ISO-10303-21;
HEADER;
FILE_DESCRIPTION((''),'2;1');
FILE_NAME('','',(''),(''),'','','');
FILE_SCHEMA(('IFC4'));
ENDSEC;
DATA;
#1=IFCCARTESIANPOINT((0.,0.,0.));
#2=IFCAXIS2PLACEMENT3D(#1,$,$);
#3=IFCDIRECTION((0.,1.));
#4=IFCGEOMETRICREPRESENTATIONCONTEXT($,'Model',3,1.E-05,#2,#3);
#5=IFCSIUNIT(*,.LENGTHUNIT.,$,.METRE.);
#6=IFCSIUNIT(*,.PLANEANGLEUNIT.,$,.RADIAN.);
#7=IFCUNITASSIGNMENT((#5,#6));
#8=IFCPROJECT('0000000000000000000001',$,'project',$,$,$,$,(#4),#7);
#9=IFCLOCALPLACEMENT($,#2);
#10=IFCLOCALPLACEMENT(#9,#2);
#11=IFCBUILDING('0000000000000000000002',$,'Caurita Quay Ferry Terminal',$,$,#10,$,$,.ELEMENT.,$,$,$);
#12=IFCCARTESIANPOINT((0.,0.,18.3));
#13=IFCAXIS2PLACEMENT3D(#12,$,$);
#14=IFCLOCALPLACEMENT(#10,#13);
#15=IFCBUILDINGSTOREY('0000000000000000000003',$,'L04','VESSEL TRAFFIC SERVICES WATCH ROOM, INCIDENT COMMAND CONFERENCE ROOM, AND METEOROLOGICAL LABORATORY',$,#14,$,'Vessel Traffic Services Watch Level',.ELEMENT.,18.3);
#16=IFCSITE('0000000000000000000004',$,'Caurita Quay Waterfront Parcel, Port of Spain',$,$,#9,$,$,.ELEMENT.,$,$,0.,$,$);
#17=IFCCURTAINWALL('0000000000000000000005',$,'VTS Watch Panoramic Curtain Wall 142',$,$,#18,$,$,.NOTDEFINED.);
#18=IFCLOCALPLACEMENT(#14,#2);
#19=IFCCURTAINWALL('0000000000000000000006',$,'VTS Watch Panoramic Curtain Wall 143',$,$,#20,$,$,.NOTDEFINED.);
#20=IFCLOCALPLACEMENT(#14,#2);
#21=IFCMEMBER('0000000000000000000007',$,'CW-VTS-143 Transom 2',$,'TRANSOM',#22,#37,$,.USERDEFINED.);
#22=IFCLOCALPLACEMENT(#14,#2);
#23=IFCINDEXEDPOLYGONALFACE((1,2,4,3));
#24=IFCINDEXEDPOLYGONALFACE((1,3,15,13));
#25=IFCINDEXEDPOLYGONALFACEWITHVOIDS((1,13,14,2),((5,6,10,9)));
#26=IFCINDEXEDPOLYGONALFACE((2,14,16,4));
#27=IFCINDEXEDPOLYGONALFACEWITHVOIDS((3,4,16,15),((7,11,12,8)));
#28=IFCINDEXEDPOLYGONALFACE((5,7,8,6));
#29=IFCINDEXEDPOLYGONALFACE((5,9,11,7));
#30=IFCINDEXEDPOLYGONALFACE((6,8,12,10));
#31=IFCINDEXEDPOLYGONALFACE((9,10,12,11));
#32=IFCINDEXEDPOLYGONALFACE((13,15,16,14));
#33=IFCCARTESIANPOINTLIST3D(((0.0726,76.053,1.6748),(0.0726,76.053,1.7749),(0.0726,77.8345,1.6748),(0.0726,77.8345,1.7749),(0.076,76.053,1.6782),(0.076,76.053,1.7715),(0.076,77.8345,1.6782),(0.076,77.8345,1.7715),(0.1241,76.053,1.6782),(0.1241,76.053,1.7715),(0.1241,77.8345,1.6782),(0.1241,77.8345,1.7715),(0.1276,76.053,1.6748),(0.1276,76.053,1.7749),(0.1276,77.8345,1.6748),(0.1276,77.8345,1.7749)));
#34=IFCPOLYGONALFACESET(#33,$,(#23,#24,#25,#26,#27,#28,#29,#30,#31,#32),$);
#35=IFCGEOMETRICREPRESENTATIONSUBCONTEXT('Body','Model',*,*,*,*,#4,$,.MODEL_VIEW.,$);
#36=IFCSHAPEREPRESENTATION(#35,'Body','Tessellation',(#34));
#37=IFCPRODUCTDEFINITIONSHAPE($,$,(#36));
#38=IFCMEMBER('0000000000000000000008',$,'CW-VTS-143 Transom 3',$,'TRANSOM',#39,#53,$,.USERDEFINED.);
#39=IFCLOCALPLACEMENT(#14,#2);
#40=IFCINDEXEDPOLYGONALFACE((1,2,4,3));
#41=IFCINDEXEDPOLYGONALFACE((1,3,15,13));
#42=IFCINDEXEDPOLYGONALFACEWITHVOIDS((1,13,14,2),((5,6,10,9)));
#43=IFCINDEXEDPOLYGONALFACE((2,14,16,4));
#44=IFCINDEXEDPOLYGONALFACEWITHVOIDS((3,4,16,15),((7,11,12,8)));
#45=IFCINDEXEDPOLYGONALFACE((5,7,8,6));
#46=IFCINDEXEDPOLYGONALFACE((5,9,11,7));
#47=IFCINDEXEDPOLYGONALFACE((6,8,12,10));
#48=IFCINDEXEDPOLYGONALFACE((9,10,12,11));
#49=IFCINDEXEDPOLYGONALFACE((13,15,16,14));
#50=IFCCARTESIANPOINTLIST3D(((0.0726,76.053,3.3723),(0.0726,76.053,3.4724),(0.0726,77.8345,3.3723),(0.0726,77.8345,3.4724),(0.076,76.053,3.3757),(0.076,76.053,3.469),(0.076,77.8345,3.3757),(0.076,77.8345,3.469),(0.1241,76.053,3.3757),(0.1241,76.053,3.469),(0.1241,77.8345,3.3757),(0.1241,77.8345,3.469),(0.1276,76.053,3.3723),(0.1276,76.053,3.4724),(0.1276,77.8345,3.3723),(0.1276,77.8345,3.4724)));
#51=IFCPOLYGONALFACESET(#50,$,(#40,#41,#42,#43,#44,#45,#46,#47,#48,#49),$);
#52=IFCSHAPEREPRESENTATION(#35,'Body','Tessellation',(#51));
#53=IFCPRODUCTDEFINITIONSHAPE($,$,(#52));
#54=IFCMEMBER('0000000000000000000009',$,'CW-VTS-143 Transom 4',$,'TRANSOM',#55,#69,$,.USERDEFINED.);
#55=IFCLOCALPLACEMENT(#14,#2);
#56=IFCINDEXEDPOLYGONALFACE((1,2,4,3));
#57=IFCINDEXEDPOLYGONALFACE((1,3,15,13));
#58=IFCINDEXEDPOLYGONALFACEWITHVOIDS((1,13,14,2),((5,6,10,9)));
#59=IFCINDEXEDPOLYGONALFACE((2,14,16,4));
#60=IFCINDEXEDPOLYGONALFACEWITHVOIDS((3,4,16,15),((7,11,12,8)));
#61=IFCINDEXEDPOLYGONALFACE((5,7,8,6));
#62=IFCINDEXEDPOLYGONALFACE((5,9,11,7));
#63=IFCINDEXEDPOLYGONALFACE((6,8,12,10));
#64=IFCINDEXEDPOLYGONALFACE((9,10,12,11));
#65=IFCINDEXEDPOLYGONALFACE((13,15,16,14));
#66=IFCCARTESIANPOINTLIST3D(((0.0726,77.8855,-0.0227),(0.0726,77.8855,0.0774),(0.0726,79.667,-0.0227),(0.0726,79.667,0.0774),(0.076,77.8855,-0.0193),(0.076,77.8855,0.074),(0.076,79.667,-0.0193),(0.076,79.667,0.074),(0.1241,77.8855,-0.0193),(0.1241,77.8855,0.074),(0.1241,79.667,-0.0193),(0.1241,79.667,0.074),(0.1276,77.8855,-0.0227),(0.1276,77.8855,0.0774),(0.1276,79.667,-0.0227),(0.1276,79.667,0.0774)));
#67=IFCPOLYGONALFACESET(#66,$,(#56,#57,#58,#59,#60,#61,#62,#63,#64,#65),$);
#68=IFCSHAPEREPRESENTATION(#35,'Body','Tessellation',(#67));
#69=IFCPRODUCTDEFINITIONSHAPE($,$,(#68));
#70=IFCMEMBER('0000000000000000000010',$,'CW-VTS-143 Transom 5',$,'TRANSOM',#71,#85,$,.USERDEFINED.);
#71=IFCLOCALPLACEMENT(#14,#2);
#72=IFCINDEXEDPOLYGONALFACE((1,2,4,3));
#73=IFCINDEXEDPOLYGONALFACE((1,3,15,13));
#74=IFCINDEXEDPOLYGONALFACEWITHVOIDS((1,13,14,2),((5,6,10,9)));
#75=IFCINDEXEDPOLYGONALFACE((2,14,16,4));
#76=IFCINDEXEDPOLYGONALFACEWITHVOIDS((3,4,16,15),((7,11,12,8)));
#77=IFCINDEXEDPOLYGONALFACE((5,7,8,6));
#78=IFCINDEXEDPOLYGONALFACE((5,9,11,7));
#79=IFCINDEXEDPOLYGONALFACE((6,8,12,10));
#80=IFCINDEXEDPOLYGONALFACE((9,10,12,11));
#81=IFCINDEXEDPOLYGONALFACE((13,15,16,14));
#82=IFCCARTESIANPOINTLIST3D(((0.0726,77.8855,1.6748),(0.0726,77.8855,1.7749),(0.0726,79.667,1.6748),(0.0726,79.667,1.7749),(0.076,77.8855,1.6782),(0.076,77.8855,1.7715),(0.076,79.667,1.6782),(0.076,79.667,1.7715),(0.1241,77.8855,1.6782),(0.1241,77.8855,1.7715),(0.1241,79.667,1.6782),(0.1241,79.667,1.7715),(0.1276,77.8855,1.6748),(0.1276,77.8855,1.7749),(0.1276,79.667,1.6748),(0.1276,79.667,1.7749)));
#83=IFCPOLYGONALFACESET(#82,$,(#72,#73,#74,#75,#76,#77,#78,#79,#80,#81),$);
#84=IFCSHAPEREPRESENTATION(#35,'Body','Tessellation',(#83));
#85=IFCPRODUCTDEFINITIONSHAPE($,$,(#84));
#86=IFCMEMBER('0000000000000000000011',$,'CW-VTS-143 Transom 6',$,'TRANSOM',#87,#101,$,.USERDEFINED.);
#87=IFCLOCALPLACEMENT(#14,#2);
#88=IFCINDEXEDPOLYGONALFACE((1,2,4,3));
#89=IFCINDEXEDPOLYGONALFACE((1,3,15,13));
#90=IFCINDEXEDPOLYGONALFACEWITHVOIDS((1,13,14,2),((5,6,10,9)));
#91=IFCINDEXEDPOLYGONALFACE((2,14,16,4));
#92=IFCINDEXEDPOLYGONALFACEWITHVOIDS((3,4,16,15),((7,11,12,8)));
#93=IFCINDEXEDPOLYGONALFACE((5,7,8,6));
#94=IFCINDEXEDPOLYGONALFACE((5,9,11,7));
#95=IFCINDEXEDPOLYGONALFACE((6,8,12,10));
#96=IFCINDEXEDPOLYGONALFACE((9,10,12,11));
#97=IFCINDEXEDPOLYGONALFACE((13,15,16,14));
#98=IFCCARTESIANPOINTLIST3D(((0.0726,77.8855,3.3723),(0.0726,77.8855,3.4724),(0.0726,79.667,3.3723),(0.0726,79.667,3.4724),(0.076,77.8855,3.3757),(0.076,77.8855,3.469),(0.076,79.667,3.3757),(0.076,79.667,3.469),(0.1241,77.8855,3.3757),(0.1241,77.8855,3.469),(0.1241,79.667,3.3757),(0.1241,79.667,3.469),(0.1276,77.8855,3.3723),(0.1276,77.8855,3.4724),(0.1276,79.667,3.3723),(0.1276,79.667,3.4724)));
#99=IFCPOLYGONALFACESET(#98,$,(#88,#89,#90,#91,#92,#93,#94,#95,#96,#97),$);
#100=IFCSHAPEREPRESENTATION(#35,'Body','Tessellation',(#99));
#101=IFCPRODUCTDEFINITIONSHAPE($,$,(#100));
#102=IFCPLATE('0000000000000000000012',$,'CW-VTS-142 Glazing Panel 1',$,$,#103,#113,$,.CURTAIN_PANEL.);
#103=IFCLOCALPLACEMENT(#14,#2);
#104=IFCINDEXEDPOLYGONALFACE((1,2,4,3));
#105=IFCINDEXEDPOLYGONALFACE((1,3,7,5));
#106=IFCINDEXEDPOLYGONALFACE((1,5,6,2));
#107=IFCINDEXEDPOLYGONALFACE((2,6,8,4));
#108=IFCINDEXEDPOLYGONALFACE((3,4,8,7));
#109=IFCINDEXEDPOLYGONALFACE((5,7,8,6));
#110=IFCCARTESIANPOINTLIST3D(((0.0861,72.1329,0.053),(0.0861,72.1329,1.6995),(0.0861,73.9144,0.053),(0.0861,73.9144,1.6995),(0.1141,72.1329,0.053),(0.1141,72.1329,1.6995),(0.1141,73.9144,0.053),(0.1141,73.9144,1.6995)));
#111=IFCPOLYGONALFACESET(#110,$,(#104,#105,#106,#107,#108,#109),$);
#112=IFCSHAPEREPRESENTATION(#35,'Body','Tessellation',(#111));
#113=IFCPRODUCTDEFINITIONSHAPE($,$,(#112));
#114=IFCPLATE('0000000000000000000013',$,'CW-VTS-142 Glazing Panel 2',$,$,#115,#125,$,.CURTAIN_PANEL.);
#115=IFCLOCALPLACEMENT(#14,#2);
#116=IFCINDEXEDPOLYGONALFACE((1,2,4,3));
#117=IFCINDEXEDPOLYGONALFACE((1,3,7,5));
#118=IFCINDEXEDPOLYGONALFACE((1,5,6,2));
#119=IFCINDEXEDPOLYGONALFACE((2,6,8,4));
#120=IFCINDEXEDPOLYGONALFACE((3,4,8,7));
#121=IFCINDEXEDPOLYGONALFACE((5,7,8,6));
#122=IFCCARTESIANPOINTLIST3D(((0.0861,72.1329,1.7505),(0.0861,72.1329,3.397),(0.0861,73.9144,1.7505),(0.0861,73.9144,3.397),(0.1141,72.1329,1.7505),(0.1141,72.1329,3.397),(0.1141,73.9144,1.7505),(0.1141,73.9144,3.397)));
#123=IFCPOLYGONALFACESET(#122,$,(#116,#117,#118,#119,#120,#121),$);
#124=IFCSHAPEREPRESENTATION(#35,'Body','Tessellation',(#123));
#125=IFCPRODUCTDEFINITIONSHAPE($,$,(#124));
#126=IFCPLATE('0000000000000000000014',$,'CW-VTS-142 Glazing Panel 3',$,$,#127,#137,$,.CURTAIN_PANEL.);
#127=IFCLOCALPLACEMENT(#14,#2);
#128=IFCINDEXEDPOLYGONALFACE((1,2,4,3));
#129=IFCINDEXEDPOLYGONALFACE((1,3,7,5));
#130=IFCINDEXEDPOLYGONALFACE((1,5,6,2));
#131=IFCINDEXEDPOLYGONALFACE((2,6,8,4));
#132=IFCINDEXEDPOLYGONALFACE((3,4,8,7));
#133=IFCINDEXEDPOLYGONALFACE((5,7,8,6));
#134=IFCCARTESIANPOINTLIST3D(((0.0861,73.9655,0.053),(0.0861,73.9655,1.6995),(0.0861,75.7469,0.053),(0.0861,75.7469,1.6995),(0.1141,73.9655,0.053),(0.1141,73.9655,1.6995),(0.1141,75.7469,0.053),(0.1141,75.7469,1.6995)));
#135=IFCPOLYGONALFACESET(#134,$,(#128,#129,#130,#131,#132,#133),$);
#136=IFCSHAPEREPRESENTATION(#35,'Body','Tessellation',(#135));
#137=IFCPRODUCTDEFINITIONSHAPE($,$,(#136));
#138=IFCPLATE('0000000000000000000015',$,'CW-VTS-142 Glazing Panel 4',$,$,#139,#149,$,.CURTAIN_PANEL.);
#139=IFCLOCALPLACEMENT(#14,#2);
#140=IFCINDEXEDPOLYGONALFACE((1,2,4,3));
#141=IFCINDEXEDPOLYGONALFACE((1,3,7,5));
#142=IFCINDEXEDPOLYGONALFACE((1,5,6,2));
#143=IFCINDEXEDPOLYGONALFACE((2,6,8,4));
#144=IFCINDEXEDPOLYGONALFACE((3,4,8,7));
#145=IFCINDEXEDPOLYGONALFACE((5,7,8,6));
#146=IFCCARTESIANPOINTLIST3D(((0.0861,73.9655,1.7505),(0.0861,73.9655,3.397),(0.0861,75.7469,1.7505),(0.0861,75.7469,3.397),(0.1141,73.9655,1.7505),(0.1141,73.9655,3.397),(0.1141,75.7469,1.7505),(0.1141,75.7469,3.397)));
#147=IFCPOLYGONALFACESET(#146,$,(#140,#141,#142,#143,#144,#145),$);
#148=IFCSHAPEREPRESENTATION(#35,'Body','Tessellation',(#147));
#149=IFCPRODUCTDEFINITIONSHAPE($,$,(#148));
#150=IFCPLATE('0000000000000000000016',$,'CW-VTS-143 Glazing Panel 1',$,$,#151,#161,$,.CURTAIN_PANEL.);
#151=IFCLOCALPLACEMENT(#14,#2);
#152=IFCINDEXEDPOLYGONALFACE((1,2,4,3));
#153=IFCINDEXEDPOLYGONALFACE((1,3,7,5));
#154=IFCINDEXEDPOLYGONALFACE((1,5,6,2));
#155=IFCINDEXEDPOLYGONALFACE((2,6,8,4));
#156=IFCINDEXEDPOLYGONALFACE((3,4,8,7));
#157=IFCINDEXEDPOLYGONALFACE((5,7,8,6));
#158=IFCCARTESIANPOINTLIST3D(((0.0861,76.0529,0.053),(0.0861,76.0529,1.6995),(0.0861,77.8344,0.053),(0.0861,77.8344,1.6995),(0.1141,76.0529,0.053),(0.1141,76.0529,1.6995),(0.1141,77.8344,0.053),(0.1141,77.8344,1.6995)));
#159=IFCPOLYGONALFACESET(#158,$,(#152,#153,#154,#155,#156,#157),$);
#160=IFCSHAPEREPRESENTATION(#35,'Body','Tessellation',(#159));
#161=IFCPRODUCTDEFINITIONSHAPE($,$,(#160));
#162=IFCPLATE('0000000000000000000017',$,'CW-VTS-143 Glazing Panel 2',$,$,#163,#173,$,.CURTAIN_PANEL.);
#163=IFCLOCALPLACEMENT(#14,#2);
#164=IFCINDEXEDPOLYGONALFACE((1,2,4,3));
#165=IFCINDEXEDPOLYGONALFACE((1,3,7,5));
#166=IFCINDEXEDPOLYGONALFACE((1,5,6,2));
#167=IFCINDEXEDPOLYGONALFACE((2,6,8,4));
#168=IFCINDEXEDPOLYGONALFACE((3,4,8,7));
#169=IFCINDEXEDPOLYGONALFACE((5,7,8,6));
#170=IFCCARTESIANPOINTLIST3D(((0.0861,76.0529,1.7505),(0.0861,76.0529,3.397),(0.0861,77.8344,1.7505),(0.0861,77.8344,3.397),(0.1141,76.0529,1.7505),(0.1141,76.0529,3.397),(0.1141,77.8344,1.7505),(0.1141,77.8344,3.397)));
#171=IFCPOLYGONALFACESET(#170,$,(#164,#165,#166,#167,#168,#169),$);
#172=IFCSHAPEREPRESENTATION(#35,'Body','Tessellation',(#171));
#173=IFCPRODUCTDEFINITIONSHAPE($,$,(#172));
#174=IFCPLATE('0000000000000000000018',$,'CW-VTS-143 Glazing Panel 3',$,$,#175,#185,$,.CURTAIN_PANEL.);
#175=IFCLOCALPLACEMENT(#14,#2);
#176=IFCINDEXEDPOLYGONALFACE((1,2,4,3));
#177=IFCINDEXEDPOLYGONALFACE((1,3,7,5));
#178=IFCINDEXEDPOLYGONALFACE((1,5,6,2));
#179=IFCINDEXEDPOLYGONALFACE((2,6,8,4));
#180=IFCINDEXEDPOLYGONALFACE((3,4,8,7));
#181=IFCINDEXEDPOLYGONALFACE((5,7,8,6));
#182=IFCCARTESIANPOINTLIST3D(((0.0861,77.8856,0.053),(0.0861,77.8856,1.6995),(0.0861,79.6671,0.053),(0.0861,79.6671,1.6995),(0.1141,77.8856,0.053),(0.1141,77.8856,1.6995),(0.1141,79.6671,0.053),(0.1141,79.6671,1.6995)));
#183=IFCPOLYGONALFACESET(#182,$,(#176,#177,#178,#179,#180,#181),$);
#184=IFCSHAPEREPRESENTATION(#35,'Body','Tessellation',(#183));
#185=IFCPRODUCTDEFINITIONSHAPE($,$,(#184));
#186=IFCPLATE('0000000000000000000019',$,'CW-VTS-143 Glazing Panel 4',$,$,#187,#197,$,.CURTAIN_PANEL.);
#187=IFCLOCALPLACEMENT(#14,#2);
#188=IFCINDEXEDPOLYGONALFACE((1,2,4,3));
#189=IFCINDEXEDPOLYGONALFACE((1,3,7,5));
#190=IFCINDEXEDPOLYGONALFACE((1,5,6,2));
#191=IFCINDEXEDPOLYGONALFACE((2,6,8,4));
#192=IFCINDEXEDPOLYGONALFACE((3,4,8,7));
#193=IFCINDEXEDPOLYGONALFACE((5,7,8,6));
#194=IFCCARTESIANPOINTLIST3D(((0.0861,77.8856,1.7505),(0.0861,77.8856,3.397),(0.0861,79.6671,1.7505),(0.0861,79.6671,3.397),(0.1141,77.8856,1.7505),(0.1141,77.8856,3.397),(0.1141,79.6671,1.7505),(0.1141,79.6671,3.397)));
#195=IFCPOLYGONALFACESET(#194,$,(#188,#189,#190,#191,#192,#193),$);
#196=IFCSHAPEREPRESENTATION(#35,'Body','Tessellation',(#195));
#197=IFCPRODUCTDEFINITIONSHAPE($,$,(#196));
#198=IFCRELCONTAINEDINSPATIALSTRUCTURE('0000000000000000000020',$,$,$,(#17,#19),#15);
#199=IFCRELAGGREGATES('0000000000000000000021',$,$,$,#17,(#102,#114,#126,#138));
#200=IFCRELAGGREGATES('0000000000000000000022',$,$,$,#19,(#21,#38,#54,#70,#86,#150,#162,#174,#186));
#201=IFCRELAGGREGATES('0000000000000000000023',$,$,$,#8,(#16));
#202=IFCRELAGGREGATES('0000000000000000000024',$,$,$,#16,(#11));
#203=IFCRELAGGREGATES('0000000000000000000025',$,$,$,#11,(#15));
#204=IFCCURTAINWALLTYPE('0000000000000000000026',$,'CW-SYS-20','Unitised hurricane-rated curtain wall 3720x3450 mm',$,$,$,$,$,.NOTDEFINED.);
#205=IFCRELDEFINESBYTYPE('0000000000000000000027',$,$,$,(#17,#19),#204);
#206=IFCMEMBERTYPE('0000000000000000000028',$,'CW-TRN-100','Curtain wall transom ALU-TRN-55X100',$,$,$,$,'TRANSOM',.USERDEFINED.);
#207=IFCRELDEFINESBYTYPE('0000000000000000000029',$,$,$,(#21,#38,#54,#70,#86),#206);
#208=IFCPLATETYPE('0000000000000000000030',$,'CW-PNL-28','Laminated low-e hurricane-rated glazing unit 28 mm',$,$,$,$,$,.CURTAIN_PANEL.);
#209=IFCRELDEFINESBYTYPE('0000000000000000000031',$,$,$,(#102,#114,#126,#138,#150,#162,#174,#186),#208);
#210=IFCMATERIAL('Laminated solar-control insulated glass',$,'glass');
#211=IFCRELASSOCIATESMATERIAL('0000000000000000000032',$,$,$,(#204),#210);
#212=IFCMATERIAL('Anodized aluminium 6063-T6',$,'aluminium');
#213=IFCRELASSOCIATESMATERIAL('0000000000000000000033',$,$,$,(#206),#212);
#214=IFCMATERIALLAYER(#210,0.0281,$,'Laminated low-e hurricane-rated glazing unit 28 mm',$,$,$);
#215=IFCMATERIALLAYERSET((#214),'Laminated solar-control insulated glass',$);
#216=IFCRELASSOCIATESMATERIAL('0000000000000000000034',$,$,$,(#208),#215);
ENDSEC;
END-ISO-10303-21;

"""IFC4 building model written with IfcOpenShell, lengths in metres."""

from ifc_helpers import new_model, si_unit, direction, frame, origin, origin_2d, place, context, subcontext, project, spatial, rectangle, hollow_rectangle, extrude, material, layer, layer_set, material_profile, profile_set, type_object, element, aggregate, save


model = new_model("IFC4")

# Units and contexts
model_context = context("Model", 3, precision=1e-05, world=origin(), true_north=direction((0.0, 1.0)))
body_context = subcontext(model_context, "Body", "Model", "MODEL_VIEW")
ifc_project = project(units=[si_unit("LENGTHUNIT", "METRE"), si_unit("PLANEANGLEUNIT", "RADIAN")], contexts=[model_context])

# Site, building, storey
site_placement = place(None, origin())
site = spatial("IfcSite", under=ifc_project, at=site_placement, Name="Caurita Quay Waterfront Parcel, Port of Spain", CompositionType="ELEMENT", RefElevation=0.0)
building_placement = place(site_placement, origin())
building = spatial("IfcBuilding", under=site, at=building_placement, Name="Caurita Quay Ferry Terminal", CompositionType="ELEMENT")
storey_placement = place(building_placement, frame((0.0, 0.0, 18.3)))
storey = spatial("IfcBuildingStorey", under=building, at=storey_placement, Name="L04", Description="VESSEL TRAFFIC SERVICES WATCH ROOM, INCIDENT COMMAND CONFERENCE ROOM, AND METEOROLOGICAL LABORATORY", LongName="Vessel Traffic Services Watch Level", CompositionType="ELEMENT", Elevation=18.3)

# Curtain walls
ifc_material_1 = material(Name="Laminated solar-control insulated glass", Category="glass")
curtain_wall_type = type_object("IfcCurtainWallType", Name="CW-SYS-20", Description="Unitised hurricane-rated curtain wall 3720x3450 mm", PredefinedType="NOTDEFINED", material=ifc_material_1)
curtain_wall_1_placement = place(storey_placement, origin())
curtain_wall_1 = element("IfcCurtainWall", 1, at=curtain_wall_1_placement, inside=storey, type_object=curtain_wall_type, Name="VTS Watch Panoramic Curtain Wall 142", PredefinedType="NOTDEFINED")
ifc_material_2 = material(Name="Anodized aluminium 6063-T6", Category="aluminium")
curtain_wall_2_placement = place(storey_placement, origin())
curtain_wall_2 = element("IfcCurtainWall", 2, at=curtain_wall_2_placement, inside=storey, type_object=curtain_wall_type, Name="VTS Watch Panoramic Curtain Wall 143", PredefinedType="NOTDEFINED")

# Members
ifc_material_profile_1 = material_profile(ifc_material_2, hollow_rectangle(XDim=0.0549, YDim=0.1001, WallThickness=0.0034, at=origin_2d()), Name="ALU-TRN-55X100")
ifc_profile_set_1 = profile_set([ifc_material_profile_1], Name="Anodized aluminium 6063-T6")
member_type_1 = type_object("IfcMemberType", Name="CW-TRN-100", Description="Curtain wall transom ALU-TRN-55X100", ElementType="TRANSOM", PredefinedType="USERDEFINED", material=ifc_profile_set_1)
member_1_placement = place(storey_placement, frame((0.1001, 76.053, 1.7249), z_axis=(0.0, 1.0, 0.0), x_axis=(-1.0, 0.0, 0.0)))
member_1 = element("IfcMember", 3, at=member_1_placement, type_object=member_type_1, Name="CW-VTS-143 Transom 2", ObjectType="TRANSOM", PredefinedType="USERDEFINED", context=body_context, shape_type="SweptSolid", body=[
    extrude(hollow_rectangle(XDim=0.0549, YDim=0.1001, WallThickness=0.0034, at=origin_2d()), origin(), (0.0, 0.0, 1.0), 1.7815),
])
member_2_placement = place(storey_placement, frame((0.1001, 76.053, 3.4224), z_axis=(0.0, 1.0, 0.0), x_axis=(-1.0, 0.0, 0.0)))
member_2 = element("IfcMember", 4, at=member_2_placement, type_object=member_type_1, Name="CW-VTS-143 Transom 3", ObjectType="TRANSOM", PredefinedType="USERDEFINED", context=body_context, shape_type="SweptSolid", body=[
    extrude(hollow_rectangle(XDim=0.0549, YDim=0.1001, WallThickness=0.0034, at=origin_2d()), origin(), (0.0, 0.0, 1.0), 1.7815),
])
member_3_placement = place(storey_placement, frame((0.1001, 77.8855, 0.0273), z_axis=(0.0, 1.0, 0.0), x_axis=(-1.0, 0.0, 0.0)))
member_3 = element("IfcMember", 5, at=member_3_placement, type_object=member_type_1, Name="CW-VTS-143 Transom 4", ObjectType="TRANSOM", PredefinedType="USERDEFINED", context=body_context, shape_type="SweptSolid", body=[
    extrude(hollow_rectangle(XDim=0.0549, YDim=0.1001, WallThickness=0.0034, at=origin_2d()), origin(), (0.0, 0.0, 1.0), 1.7815),
])
member_4_placement = place(storey_placement, frame((0.1001, 77.8855, 1.7249), z_axis=(0.0, 1.0, 0.0), x_axis=(-1.0, 0.0, 0.0)))
member_4 = element("IfcMember", 6, at=member_4_placement, type_object=member_type_1, Name="CW-VTS-143 Transom 5", ObjectType="TRANSOM", PredefinedType="USERDEFINED", context=body_context, shape_type="SweptSolid", body=[
    extrude(hollow_rectangle(XDim=0.0549, YDim=0.1001, WallThickness=0.0034, at=origin_2d()), origin(), (0.0, 0.0, 1.0), 1.7815),
])
member_5_placement = place(storey_placement, frame((0.1001, 77.8855, 3.4224), z_axis=(0.0, 1.0, 0.0), x_axis=(-1.0, 0.0, 0.0)))
member_5 = element("IfcMember", 7, at=member_5_placement, type_object=member_type_1, Name="CW-VTS-143 Transom 6", ObjectType="TRANSOM", PredefinedType="USERDEFINED", context=body_context, shape_type="SweptSolid", body=[
    extrude(hollow_rectangle(XDim=0.0549, YDim=0.1001, WallThickness=0.0034, at=origin_2d()), origin(), (0.0, 0.0, 1.0), 1.7815),
])

# Plates
ifc_layer_1 = layer(ifc_material_1, 0.0281, Name="Laminated low-e hurricane-rated glazing unit 28 mm")
ifc_layer_set_1 = layer_set([ifc_layer_1], Name="Laminated solar-control insulated glass")
plate_type = type_object("IfcPlateType", Name="CW-PNL-28", Description="Laminated low-e hurricane-rated glazing unit 28 mm", PredefinedType="CURTAIN_PANEL", material=ifc_layer_set_1)
plate_1_placement = place(storey_placement, frame((0.1001, 73.0237, 0.053), z_axis=(0.0, 0.0, 1.0), x_axis=(0.0, 1.0, 0.0)))
plate_1 = element("IfcPlate", 8, at=plate_1_placement, type_object=plate_type, Name="CW-VTS-142 Glazing Panel 1", PredefinedType="CURTAIN_PANEL", context=body_context, shape_type="SweptSolid", body=[
    extrude(rectangle(XDim=1.7815, YDim=0.0281, at=origin_2d()), origin(), (0.0, 0.0, 1.0), 1.6465),
])
plate_2_placement = place(storey_placement, frame((0.1001, 73.0237, 1.7505), z_axis=(0.0, 0.0, 1.0), x_axis=(0.0, 1.0, 0.0)))
plate_2 = element("IfcPlate", 9, at=plate_2_placement, type_object=plate_type, Name="CW-VTS-142 Glazing Panel 2", PredefinedType="CURTAIN_PANEL", context=body_context, shape_type="SweptSolid", body=[
    extrude(rectangle(XDim=1.7815, YDim=0.0281, at=origin_2d()), origin(), (0.0, 0.0, 1.0), 1.6465),
])
plate_3_placement = place(storey_placement, frame((0.1001, 74.8562, 0.053), z_axis=(0.0, 0.0, 1.0), x_axis=(0.0, 1.0, 0.0)))
plate_3 = element("IfcPlate", 10, at=plate_3_placement, type_object=plate_type, Name="CW-VTS-142 Glazing Panel 3", PredefinedType="CURTAIN_PANEL", context=body_context, shape_type="SweptSolid", body=[
    extrude(rectangle(XDim=1.7815, YDim=0.0281, at=origin_2d()), origin(), (0.0, 0.0, 1.0), 1.6465),
])
plate_4_placement = place(storey_placement, frame((0.1001, 74.8562, 1.7505), z_axis=(0.0, 0.0, 1.0), x_axis=(0.0, 1.0, 0.0)))
plate_4 = element("IfcPlate", 11, at=plate_4_placement, type_object=plate_type, Name="CW-VTS-142 Glazing Panel 4", PredefinedType="CURTAIN_PANEL", context=body_context, shape_type="SweptSolid", body=[
    extrude(rectangle(XDim=1.7815, YDim=0.0281, at=origin_2d()), origin(), (0.0, 0.0, 1.0), 1.6465),
])
aggregate(curtain_wall_1, [plate_1, plate_2, plate_3, plate_4])
plate_5_placement = place(storey_placement, frame((0.1001, 76.9436, 0.053), z_axis=(0.0, 0.0, 1.0), x_axis=(0.0, 1.0, 0.0)))
plate_5 = element("IfcPlate", 12, at=plate_5_placement, type_object=plate_type, Name="CW-VTS-143 Glazing Panel 1", PredefinedType="CURTAIN_PANEL", context=body_context, shape_type="SweptSolid", body=[
    extrude(rectangle(XDim=1.7815, YDim=0.0281, at=origin_2d()), origin(), (0.0, 0.0, 1.0), 1.6465),
])
plate_6_placement = place(storey_placement, frame((0.1001, 76.9436, 1.7505), z_axis=(0.0, 0.0, 1.0), x_axis=(0.0, 1.0, 0.0)))
plate_6 = element("IfcPlate", 13, at=plate_6_placement, type_object=plate_type, Name="CW-VTS-143 Glazing Panel 2", PredefinedType="CURTAIN_PANEL", context=body_context, shape_type="SweptSolid", body=[
    extrude(rectangle(XDim=1.7815, YDim=0.0281, at=origin_2d()), origin(), (0.0, 0.0, 1.0), 1.6465),
])
plate_7_placement = place(storey_placement, frame((0.1001, 78.7764, 0.053), z_axis=(0.0, 0.0, 1.0), x_axis=(0.0, 1.0, 0.0)))
plate_7 = element("IfcPlate", 14, at=plate_7_placement, type_object=plate_type, Name="CW-VTS-143 Glazing Panel 3", PredefinedType="CURTAIN_PANEL", context=body_context, shape_type="SweptSolid", body=[
    extrude(rectangle(XDim=1.7815, YDim=0.0281, at=origin_2d()), origin(), (0.0, 0.0, 1.0), 1.6465),
])
plate_8_placement = place(storey_placement, frame((0.1001, 78.7764, 1.7505), z_axis=(0.0, 0.0, 1.0), x_axis=(0.0, 1.0, 0.0)))
plate_8 = element("IfcPlate", 15, at=plate_8_placement, type_object=plate_type, Name="CW-VTS-143 Glazing Panel 4", PredefinedType="CURTAIN_PANEL", context=body_context, shape_type="SweptSolid", body=[
    extrude(rectangle(XDim=1.7815, YDim=0.0281, at=origin_2d()), origin(), (0.0, 0.0, 1.0), 1.6465),
])
aggregate(curtain_wall_2, [member_1, member_2, member_3, member_4, member_5, plate_5, plate_6, plate_7, plate_8])

save(model, "model.ifc")
